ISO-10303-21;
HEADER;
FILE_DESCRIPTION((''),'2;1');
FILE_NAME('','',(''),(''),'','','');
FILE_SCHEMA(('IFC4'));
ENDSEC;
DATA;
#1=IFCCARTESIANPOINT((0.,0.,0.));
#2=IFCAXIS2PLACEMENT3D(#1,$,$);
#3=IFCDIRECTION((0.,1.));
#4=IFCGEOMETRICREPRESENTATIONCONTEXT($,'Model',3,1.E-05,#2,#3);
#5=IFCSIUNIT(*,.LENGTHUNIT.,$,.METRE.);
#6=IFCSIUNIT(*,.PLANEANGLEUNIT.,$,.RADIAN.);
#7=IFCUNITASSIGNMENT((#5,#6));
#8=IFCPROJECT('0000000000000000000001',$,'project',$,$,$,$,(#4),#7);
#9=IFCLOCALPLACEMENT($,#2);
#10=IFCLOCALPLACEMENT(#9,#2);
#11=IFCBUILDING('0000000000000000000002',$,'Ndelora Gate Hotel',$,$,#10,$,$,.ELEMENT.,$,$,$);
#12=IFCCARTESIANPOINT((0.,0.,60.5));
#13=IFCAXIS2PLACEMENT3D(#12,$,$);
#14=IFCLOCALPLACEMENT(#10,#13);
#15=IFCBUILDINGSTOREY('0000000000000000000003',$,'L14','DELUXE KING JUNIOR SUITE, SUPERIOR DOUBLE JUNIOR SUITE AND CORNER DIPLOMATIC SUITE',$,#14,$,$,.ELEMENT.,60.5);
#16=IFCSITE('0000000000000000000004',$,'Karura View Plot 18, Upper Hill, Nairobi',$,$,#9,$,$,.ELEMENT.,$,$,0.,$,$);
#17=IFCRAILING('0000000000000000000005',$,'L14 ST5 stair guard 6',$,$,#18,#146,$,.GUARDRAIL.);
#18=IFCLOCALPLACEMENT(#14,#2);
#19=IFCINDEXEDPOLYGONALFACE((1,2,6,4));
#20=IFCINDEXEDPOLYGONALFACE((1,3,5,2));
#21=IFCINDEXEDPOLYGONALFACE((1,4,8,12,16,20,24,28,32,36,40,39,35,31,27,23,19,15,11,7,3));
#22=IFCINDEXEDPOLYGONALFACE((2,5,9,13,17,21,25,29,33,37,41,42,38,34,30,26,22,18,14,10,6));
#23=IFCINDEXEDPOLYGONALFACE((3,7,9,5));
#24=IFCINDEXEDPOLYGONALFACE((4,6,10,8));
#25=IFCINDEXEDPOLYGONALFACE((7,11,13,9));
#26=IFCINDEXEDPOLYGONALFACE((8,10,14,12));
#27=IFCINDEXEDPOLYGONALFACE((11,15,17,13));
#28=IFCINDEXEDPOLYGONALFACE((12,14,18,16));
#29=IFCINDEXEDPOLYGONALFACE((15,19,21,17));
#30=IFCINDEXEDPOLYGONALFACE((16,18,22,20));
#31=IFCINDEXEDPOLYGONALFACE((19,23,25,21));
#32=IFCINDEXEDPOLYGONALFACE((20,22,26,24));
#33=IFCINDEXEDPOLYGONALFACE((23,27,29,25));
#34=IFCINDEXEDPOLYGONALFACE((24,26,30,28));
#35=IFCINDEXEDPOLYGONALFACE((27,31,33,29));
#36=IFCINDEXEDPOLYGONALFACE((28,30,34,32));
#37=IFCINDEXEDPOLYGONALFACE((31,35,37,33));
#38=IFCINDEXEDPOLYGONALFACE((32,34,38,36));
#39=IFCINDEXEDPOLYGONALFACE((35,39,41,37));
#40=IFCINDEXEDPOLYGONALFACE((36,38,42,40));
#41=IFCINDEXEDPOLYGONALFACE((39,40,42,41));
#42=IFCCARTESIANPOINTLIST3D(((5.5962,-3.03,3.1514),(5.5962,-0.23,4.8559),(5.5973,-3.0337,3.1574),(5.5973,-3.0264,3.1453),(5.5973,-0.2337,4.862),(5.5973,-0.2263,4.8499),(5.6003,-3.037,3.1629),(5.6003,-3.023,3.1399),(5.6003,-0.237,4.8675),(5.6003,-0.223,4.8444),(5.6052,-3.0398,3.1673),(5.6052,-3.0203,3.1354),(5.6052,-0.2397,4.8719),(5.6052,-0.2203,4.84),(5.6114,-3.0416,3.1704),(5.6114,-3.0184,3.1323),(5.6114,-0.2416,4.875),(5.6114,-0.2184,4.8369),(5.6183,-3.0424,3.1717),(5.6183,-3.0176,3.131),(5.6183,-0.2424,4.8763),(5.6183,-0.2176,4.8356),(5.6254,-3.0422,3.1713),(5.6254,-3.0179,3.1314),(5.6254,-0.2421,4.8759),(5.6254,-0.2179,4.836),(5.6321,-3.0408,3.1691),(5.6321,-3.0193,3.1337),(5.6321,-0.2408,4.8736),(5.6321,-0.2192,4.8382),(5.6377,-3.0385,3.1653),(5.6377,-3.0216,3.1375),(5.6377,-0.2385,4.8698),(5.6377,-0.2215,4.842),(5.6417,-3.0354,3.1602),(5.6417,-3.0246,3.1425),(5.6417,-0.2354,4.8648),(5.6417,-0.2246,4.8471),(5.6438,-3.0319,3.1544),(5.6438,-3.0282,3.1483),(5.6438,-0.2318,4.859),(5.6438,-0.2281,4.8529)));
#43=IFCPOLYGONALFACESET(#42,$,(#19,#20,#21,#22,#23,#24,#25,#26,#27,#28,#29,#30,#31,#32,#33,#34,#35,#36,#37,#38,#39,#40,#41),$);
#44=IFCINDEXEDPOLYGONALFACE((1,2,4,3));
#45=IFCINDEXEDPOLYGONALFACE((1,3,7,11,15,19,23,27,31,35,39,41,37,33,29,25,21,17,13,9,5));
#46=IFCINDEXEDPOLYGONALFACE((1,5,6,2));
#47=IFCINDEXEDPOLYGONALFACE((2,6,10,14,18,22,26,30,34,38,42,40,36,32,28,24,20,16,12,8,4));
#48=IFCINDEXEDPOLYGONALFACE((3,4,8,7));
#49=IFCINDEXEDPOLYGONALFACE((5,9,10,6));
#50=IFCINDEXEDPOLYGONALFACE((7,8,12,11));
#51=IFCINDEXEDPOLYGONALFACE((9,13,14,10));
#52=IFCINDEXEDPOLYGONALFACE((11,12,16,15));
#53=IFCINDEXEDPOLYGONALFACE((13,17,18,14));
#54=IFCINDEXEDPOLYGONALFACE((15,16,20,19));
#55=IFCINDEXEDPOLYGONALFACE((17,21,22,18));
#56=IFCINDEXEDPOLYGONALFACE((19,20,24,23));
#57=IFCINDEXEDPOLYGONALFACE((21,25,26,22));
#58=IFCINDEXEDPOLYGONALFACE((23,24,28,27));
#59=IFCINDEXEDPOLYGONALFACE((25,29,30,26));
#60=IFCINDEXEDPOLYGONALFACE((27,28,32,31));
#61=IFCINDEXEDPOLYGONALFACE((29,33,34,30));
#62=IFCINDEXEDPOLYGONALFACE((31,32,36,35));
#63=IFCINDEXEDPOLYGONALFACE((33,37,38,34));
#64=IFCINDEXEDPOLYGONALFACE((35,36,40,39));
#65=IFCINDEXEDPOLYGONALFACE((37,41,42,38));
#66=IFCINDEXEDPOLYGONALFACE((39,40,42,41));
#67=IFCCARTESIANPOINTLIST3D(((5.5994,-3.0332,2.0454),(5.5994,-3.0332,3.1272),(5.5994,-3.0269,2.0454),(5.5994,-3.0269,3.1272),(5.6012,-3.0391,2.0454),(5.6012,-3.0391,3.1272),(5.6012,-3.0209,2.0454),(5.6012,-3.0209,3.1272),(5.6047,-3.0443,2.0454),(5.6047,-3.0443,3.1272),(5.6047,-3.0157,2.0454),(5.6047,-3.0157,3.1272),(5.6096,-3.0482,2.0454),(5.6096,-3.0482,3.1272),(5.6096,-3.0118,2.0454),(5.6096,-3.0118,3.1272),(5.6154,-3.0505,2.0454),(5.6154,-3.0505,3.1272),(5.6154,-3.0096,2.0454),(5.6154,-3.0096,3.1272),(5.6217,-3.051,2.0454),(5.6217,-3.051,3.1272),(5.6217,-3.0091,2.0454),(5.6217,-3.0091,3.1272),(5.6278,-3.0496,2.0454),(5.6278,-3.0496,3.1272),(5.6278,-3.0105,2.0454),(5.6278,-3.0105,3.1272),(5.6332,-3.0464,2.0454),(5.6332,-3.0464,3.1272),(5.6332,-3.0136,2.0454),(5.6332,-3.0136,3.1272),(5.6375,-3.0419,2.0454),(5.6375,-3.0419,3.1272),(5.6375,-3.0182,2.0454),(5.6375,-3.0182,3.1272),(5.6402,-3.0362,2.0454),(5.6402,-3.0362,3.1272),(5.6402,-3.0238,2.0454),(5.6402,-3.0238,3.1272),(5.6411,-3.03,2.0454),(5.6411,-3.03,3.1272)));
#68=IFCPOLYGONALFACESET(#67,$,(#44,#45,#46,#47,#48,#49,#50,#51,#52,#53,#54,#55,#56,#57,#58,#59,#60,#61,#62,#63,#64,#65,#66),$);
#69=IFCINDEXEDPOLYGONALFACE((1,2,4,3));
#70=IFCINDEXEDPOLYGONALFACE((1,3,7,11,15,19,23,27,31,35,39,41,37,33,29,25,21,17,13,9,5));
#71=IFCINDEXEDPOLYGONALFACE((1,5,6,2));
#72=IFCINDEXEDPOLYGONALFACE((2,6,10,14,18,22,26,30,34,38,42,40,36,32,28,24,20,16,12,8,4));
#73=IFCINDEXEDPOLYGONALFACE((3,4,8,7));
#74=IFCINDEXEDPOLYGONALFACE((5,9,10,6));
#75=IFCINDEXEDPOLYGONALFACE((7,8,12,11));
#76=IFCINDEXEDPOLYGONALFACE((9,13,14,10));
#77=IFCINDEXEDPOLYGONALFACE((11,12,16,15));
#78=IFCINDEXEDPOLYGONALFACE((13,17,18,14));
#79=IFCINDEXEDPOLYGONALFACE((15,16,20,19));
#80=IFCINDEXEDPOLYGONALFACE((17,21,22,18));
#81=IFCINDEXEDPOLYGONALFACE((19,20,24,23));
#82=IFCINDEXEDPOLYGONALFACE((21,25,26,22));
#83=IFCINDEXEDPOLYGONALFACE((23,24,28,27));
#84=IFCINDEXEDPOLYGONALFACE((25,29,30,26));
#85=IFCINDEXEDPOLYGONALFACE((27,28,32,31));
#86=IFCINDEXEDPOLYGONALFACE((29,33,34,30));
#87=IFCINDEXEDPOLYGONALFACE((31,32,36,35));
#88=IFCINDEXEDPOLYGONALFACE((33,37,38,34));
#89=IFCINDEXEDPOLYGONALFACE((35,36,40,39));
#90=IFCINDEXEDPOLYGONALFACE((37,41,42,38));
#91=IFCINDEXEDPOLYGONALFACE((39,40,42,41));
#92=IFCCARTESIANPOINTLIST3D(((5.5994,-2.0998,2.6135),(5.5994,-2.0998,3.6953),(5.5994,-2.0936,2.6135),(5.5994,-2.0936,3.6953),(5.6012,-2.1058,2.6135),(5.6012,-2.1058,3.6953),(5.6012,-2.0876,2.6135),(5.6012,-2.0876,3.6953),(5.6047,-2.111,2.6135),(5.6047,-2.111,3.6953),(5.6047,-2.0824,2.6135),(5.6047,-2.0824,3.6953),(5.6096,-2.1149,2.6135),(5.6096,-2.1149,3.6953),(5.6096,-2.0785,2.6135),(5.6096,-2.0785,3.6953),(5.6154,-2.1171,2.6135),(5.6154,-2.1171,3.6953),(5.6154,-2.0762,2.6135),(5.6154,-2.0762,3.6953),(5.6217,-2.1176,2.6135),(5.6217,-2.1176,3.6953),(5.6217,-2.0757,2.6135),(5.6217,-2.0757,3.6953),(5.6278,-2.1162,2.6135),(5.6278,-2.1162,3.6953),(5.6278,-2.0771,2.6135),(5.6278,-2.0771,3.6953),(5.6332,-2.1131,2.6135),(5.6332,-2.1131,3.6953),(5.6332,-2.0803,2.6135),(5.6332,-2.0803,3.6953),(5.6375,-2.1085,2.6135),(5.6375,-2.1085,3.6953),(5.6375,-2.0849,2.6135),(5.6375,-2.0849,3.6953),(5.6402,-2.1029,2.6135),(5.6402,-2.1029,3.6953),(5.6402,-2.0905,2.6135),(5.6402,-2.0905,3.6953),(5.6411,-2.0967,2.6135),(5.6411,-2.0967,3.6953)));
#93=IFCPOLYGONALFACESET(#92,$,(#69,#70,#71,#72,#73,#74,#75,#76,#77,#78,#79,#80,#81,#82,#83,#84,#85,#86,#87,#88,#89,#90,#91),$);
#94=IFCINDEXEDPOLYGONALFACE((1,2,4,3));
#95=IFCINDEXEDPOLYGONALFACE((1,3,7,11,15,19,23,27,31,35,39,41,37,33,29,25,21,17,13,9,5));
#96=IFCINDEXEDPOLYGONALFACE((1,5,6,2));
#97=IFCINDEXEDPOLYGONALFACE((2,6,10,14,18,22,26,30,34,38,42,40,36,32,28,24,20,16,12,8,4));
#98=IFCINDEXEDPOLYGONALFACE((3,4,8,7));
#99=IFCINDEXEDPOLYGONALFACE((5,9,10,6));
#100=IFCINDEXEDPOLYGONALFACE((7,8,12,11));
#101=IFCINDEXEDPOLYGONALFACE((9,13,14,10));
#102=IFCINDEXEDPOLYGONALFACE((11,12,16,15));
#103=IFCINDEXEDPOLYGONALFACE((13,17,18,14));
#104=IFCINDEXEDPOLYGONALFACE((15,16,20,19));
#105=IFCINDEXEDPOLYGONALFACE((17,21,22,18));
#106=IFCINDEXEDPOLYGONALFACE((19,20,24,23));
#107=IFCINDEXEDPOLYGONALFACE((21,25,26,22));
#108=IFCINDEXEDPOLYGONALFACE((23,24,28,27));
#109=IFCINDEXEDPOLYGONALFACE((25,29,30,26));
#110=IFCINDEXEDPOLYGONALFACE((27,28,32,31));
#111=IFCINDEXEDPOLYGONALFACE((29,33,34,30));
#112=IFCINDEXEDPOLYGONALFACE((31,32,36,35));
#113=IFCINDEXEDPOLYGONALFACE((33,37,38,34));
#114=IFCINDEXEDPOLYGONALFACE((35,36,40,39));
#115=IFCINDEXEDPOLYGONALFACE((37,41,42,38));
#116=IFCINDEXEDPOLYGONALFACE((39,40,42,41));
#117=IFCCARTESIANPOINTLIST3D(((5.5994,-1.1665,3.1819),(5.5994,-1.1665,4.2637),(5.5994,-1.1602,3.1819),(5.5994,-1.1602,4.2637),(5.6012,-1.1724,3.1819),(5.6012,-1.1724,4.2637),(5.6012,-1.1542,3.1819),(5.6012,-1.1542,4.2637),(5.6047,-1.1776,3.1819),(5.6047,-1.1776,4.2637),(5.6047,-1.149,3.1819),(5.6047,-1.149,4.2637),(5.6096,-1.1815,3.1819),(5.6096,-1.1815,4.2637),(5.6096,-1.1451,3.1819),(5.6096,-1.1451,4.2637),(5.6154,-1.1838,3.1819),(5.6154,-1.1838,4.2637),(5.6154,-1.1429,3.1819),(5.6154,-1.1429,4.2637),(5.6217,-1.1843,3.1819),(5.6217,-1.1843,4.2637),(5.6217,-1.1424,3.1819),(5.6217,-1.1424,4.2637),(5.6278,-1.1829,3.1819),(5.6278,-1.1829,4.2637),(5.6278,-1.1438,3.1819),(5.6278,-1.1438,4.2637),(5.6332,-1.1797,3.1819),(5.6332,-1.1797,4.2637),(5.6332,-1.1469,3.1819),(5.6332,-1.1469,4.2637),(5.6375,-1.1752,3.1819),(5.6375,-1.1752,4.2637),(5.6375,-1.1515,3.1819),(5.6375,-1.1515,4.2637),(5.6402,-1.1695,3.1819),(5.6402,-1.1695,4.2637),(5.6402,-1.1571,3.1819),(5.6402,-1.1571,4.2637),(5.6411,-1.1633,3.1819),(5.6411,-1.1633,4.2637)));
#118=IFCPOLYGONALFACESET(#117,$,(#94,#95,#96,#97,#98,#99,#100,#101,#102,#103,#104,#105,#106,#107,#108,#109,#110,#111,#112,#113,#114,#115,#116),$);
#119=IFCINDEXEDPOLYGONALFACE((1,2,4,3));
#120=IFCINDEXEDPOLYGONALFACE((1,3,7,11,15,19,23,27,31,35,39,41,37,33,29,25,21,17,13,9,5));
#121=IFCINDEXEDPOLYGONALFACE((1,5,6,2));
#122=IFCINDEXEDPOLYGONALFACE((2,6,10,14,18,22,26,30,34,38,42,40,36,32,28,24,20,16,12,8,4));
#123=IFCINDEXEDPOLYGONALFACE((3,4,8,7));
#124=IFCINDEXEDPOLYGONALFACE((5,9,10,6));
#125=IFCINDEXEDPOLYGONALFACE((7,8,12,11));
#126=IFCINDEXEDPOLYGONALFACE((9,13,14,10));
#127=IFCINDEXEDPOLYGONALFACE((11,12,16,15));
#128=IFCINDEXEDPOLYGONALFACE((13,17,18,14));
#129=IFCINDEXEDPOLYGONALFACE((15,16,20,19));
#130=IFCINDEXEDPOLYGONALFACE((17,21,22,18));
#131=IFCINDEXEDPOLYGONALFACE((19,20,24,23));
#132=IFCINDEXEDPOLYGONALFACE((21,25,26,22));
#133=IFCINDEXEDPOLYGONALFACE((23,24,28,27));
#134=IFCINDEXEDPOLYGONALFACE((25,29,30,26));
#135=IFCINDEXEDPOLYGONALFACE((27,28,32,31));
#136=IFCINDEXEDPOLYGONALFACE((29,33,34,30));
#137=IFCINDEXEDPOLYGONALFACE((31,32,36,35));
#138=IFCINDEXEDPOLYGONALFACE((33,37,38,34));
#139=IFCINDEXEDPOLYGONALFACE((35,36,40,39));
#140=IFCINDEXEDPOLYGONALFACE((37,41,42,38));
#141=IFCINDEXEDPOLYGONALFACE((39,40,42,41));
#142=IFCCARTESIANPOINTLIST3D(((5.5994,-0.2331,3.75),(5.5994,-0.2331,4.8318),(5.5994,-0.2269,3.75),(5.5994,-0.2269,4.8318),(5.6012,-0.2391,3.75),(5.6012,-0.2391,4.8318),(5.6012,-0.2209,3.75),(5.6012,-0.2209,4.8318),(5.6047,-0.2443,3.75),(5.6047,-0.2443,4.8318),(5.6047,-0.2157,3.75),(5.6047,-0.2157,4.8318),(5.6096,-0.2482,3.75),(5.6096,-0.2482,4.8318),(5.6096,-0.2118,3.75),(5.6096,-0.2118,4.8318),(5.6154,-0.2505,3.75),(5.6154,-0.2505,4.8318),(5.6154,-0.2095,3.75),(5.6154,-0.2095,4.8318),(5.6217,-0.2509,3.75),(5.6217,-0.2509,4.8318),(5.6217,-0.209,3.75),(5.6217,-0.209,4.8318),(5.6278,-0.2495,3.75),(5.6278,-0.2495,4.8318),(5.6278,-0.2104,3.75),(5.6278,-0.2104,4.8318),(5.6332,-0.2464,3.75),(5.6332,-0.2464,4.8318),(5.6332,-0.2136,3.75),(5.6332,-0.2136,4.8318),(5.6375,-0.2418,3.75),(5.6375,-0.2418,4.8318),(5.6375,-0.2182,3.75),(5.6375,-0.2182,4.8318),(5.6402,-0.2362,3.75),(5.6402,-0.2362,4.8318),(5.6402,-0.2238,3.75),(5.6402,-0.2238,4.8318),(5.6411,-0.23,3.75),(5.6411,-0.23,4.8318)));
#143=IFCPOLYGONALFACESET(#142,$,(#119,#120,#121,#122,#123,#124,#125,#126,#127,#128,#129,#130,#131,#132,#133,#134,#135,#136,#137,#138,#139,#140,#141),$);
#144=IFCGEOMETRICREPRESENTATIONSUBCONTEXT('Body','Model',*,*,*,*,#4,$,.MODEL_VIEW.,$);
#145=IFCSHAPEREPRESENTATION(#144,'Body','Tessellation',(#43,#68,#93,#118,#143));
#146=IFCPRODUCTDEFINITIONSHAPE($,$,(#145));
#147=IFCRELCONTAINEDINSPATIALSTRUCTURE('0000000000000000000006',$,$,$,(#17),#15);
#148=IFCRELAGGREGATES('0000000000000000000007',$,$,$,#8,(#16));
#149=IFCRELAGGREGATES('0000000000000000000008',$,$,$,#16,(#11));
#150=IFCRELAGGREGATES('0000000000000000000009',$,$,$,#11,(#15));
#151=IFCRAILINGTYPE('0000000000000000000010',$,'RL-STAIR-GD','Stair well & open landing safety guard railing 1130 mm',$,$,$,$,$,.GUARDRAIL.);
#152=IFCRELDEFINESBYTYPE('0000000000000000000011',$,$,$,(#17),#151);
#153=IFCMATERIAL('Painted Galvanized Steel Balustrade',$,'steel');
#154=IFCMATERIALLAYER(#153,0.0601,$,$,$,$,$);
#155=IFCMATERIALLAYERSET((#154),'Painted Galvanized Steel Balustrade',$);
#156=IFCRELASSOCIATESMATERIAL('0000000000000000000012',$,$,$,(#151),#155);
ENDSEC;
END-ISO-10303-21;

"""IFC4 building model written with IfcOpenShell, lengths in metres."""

from ifc_helpers import new_model, si_unit, direction, frame, origin, origin_2d, place, context, subcontext, project, spatial, circle, extrude, material, layer, layer_set, type_object, element, save


model = new_model("IFC4")

# Units and contexts
model_context = context("Model", 3, precision=1e-05, world=origin(), true_north=direction((0.0, 1.0)))
body_context = subcontext(model_context, "Body", "Model", "MODEL_VIEW")
ifc_project = project(units=[si_unit("LENGTHUNIT", "METRE"), si_unit("PLANEANGLEUNIT", "RADIAN")], contexts=[model_context])

# Site, building, storey
site_placement = place(None, origin())
site = spatial("IfcSite", under=ifc_project, at=site_placement, Name="Karura View Plot 18, Upper Hill, Nairobi", CompositionType="ELEMENT", RefElevation=0.0)
building_placement = place(site_placement, origin())
building = spatial("IfcBuilding", under=site, at=building_placement, Name="Ndelora Gate Hotel", CompositionType="ELEMENT")
storey_placement = place(building_placement, frame((0.0, 0.0, 60.5)))
storey = spatial("IfcBuildingStorey", under=building, at=storey_placement, Name="L14", Description="DELUXE KING JUNIOR SUITE, SUPERIOR DOUBLE JUNIOR SUITE AND CORNER DIPLOMATIC SUITE", CompositionType="ELEMENT", Elevation=60.5)

# Railing
ifc_material_1 = material(Name="Painted Galvanized Steel Balustrade", Category="steel")
ifc_layer_1 = layer(ifc_material_1, 0.0601)
ifc_layer_set_1 = layer_set([ifc_layer_1], Name="Painted Galvanized Steel Balustrade")
railing_type = type_object("IfcRailingType", Name="RL-STAIR-GD", Description="Stair well & open landing safety guard railing 1130 mm", PredefinedType="GUARDRAIL", material=ifc_layer_set_1)
railing_1_placement = place(storey_placement, frame((5.6201, -3.03, 2.0454)))
element("IfcRailing", 1, at=railing_1_placement, inside=storey, type_object=railing_type, Name="L14 ST5 stair guard 6", PredefinedType="GUARDRAIL", context=body_context, shape_type="SweptSolid", body=[
    extrude(circle(Radius=0.0239, at=origin_2d()), frame((0.0, 0.0, 1.106), z_axis=(0.0, 0.85417, 0.519994), x_axis=(-1.0, 0.0, 0.0)), (0.0, 0.0, 1.0), 3.2781),
    extrude(circle(Radius=0.021, at=origin_2d()), origin(), (0.0, 0.0, 1.0), 1.0818),
    extrude(circle(Radius=0.021, at=origin_2d()), frame((0.0, 0.9333, 0.5681)), (0.0, 0.0, 1.0), 1.0818),
    extrude(circle(Radius=0.021, at=origin_2d()), frame((0.0, 1.8667, 1.1365)), (0.0, 0.0, 1.0), 1.0818),
    extrude(circle(Radius=0.021, at=origin_2d()), frame((0.0, 2.8, 1.7046)), (0.0, 0.0, 1.0), 1.0818),
])

save(model, "model.ifc")
